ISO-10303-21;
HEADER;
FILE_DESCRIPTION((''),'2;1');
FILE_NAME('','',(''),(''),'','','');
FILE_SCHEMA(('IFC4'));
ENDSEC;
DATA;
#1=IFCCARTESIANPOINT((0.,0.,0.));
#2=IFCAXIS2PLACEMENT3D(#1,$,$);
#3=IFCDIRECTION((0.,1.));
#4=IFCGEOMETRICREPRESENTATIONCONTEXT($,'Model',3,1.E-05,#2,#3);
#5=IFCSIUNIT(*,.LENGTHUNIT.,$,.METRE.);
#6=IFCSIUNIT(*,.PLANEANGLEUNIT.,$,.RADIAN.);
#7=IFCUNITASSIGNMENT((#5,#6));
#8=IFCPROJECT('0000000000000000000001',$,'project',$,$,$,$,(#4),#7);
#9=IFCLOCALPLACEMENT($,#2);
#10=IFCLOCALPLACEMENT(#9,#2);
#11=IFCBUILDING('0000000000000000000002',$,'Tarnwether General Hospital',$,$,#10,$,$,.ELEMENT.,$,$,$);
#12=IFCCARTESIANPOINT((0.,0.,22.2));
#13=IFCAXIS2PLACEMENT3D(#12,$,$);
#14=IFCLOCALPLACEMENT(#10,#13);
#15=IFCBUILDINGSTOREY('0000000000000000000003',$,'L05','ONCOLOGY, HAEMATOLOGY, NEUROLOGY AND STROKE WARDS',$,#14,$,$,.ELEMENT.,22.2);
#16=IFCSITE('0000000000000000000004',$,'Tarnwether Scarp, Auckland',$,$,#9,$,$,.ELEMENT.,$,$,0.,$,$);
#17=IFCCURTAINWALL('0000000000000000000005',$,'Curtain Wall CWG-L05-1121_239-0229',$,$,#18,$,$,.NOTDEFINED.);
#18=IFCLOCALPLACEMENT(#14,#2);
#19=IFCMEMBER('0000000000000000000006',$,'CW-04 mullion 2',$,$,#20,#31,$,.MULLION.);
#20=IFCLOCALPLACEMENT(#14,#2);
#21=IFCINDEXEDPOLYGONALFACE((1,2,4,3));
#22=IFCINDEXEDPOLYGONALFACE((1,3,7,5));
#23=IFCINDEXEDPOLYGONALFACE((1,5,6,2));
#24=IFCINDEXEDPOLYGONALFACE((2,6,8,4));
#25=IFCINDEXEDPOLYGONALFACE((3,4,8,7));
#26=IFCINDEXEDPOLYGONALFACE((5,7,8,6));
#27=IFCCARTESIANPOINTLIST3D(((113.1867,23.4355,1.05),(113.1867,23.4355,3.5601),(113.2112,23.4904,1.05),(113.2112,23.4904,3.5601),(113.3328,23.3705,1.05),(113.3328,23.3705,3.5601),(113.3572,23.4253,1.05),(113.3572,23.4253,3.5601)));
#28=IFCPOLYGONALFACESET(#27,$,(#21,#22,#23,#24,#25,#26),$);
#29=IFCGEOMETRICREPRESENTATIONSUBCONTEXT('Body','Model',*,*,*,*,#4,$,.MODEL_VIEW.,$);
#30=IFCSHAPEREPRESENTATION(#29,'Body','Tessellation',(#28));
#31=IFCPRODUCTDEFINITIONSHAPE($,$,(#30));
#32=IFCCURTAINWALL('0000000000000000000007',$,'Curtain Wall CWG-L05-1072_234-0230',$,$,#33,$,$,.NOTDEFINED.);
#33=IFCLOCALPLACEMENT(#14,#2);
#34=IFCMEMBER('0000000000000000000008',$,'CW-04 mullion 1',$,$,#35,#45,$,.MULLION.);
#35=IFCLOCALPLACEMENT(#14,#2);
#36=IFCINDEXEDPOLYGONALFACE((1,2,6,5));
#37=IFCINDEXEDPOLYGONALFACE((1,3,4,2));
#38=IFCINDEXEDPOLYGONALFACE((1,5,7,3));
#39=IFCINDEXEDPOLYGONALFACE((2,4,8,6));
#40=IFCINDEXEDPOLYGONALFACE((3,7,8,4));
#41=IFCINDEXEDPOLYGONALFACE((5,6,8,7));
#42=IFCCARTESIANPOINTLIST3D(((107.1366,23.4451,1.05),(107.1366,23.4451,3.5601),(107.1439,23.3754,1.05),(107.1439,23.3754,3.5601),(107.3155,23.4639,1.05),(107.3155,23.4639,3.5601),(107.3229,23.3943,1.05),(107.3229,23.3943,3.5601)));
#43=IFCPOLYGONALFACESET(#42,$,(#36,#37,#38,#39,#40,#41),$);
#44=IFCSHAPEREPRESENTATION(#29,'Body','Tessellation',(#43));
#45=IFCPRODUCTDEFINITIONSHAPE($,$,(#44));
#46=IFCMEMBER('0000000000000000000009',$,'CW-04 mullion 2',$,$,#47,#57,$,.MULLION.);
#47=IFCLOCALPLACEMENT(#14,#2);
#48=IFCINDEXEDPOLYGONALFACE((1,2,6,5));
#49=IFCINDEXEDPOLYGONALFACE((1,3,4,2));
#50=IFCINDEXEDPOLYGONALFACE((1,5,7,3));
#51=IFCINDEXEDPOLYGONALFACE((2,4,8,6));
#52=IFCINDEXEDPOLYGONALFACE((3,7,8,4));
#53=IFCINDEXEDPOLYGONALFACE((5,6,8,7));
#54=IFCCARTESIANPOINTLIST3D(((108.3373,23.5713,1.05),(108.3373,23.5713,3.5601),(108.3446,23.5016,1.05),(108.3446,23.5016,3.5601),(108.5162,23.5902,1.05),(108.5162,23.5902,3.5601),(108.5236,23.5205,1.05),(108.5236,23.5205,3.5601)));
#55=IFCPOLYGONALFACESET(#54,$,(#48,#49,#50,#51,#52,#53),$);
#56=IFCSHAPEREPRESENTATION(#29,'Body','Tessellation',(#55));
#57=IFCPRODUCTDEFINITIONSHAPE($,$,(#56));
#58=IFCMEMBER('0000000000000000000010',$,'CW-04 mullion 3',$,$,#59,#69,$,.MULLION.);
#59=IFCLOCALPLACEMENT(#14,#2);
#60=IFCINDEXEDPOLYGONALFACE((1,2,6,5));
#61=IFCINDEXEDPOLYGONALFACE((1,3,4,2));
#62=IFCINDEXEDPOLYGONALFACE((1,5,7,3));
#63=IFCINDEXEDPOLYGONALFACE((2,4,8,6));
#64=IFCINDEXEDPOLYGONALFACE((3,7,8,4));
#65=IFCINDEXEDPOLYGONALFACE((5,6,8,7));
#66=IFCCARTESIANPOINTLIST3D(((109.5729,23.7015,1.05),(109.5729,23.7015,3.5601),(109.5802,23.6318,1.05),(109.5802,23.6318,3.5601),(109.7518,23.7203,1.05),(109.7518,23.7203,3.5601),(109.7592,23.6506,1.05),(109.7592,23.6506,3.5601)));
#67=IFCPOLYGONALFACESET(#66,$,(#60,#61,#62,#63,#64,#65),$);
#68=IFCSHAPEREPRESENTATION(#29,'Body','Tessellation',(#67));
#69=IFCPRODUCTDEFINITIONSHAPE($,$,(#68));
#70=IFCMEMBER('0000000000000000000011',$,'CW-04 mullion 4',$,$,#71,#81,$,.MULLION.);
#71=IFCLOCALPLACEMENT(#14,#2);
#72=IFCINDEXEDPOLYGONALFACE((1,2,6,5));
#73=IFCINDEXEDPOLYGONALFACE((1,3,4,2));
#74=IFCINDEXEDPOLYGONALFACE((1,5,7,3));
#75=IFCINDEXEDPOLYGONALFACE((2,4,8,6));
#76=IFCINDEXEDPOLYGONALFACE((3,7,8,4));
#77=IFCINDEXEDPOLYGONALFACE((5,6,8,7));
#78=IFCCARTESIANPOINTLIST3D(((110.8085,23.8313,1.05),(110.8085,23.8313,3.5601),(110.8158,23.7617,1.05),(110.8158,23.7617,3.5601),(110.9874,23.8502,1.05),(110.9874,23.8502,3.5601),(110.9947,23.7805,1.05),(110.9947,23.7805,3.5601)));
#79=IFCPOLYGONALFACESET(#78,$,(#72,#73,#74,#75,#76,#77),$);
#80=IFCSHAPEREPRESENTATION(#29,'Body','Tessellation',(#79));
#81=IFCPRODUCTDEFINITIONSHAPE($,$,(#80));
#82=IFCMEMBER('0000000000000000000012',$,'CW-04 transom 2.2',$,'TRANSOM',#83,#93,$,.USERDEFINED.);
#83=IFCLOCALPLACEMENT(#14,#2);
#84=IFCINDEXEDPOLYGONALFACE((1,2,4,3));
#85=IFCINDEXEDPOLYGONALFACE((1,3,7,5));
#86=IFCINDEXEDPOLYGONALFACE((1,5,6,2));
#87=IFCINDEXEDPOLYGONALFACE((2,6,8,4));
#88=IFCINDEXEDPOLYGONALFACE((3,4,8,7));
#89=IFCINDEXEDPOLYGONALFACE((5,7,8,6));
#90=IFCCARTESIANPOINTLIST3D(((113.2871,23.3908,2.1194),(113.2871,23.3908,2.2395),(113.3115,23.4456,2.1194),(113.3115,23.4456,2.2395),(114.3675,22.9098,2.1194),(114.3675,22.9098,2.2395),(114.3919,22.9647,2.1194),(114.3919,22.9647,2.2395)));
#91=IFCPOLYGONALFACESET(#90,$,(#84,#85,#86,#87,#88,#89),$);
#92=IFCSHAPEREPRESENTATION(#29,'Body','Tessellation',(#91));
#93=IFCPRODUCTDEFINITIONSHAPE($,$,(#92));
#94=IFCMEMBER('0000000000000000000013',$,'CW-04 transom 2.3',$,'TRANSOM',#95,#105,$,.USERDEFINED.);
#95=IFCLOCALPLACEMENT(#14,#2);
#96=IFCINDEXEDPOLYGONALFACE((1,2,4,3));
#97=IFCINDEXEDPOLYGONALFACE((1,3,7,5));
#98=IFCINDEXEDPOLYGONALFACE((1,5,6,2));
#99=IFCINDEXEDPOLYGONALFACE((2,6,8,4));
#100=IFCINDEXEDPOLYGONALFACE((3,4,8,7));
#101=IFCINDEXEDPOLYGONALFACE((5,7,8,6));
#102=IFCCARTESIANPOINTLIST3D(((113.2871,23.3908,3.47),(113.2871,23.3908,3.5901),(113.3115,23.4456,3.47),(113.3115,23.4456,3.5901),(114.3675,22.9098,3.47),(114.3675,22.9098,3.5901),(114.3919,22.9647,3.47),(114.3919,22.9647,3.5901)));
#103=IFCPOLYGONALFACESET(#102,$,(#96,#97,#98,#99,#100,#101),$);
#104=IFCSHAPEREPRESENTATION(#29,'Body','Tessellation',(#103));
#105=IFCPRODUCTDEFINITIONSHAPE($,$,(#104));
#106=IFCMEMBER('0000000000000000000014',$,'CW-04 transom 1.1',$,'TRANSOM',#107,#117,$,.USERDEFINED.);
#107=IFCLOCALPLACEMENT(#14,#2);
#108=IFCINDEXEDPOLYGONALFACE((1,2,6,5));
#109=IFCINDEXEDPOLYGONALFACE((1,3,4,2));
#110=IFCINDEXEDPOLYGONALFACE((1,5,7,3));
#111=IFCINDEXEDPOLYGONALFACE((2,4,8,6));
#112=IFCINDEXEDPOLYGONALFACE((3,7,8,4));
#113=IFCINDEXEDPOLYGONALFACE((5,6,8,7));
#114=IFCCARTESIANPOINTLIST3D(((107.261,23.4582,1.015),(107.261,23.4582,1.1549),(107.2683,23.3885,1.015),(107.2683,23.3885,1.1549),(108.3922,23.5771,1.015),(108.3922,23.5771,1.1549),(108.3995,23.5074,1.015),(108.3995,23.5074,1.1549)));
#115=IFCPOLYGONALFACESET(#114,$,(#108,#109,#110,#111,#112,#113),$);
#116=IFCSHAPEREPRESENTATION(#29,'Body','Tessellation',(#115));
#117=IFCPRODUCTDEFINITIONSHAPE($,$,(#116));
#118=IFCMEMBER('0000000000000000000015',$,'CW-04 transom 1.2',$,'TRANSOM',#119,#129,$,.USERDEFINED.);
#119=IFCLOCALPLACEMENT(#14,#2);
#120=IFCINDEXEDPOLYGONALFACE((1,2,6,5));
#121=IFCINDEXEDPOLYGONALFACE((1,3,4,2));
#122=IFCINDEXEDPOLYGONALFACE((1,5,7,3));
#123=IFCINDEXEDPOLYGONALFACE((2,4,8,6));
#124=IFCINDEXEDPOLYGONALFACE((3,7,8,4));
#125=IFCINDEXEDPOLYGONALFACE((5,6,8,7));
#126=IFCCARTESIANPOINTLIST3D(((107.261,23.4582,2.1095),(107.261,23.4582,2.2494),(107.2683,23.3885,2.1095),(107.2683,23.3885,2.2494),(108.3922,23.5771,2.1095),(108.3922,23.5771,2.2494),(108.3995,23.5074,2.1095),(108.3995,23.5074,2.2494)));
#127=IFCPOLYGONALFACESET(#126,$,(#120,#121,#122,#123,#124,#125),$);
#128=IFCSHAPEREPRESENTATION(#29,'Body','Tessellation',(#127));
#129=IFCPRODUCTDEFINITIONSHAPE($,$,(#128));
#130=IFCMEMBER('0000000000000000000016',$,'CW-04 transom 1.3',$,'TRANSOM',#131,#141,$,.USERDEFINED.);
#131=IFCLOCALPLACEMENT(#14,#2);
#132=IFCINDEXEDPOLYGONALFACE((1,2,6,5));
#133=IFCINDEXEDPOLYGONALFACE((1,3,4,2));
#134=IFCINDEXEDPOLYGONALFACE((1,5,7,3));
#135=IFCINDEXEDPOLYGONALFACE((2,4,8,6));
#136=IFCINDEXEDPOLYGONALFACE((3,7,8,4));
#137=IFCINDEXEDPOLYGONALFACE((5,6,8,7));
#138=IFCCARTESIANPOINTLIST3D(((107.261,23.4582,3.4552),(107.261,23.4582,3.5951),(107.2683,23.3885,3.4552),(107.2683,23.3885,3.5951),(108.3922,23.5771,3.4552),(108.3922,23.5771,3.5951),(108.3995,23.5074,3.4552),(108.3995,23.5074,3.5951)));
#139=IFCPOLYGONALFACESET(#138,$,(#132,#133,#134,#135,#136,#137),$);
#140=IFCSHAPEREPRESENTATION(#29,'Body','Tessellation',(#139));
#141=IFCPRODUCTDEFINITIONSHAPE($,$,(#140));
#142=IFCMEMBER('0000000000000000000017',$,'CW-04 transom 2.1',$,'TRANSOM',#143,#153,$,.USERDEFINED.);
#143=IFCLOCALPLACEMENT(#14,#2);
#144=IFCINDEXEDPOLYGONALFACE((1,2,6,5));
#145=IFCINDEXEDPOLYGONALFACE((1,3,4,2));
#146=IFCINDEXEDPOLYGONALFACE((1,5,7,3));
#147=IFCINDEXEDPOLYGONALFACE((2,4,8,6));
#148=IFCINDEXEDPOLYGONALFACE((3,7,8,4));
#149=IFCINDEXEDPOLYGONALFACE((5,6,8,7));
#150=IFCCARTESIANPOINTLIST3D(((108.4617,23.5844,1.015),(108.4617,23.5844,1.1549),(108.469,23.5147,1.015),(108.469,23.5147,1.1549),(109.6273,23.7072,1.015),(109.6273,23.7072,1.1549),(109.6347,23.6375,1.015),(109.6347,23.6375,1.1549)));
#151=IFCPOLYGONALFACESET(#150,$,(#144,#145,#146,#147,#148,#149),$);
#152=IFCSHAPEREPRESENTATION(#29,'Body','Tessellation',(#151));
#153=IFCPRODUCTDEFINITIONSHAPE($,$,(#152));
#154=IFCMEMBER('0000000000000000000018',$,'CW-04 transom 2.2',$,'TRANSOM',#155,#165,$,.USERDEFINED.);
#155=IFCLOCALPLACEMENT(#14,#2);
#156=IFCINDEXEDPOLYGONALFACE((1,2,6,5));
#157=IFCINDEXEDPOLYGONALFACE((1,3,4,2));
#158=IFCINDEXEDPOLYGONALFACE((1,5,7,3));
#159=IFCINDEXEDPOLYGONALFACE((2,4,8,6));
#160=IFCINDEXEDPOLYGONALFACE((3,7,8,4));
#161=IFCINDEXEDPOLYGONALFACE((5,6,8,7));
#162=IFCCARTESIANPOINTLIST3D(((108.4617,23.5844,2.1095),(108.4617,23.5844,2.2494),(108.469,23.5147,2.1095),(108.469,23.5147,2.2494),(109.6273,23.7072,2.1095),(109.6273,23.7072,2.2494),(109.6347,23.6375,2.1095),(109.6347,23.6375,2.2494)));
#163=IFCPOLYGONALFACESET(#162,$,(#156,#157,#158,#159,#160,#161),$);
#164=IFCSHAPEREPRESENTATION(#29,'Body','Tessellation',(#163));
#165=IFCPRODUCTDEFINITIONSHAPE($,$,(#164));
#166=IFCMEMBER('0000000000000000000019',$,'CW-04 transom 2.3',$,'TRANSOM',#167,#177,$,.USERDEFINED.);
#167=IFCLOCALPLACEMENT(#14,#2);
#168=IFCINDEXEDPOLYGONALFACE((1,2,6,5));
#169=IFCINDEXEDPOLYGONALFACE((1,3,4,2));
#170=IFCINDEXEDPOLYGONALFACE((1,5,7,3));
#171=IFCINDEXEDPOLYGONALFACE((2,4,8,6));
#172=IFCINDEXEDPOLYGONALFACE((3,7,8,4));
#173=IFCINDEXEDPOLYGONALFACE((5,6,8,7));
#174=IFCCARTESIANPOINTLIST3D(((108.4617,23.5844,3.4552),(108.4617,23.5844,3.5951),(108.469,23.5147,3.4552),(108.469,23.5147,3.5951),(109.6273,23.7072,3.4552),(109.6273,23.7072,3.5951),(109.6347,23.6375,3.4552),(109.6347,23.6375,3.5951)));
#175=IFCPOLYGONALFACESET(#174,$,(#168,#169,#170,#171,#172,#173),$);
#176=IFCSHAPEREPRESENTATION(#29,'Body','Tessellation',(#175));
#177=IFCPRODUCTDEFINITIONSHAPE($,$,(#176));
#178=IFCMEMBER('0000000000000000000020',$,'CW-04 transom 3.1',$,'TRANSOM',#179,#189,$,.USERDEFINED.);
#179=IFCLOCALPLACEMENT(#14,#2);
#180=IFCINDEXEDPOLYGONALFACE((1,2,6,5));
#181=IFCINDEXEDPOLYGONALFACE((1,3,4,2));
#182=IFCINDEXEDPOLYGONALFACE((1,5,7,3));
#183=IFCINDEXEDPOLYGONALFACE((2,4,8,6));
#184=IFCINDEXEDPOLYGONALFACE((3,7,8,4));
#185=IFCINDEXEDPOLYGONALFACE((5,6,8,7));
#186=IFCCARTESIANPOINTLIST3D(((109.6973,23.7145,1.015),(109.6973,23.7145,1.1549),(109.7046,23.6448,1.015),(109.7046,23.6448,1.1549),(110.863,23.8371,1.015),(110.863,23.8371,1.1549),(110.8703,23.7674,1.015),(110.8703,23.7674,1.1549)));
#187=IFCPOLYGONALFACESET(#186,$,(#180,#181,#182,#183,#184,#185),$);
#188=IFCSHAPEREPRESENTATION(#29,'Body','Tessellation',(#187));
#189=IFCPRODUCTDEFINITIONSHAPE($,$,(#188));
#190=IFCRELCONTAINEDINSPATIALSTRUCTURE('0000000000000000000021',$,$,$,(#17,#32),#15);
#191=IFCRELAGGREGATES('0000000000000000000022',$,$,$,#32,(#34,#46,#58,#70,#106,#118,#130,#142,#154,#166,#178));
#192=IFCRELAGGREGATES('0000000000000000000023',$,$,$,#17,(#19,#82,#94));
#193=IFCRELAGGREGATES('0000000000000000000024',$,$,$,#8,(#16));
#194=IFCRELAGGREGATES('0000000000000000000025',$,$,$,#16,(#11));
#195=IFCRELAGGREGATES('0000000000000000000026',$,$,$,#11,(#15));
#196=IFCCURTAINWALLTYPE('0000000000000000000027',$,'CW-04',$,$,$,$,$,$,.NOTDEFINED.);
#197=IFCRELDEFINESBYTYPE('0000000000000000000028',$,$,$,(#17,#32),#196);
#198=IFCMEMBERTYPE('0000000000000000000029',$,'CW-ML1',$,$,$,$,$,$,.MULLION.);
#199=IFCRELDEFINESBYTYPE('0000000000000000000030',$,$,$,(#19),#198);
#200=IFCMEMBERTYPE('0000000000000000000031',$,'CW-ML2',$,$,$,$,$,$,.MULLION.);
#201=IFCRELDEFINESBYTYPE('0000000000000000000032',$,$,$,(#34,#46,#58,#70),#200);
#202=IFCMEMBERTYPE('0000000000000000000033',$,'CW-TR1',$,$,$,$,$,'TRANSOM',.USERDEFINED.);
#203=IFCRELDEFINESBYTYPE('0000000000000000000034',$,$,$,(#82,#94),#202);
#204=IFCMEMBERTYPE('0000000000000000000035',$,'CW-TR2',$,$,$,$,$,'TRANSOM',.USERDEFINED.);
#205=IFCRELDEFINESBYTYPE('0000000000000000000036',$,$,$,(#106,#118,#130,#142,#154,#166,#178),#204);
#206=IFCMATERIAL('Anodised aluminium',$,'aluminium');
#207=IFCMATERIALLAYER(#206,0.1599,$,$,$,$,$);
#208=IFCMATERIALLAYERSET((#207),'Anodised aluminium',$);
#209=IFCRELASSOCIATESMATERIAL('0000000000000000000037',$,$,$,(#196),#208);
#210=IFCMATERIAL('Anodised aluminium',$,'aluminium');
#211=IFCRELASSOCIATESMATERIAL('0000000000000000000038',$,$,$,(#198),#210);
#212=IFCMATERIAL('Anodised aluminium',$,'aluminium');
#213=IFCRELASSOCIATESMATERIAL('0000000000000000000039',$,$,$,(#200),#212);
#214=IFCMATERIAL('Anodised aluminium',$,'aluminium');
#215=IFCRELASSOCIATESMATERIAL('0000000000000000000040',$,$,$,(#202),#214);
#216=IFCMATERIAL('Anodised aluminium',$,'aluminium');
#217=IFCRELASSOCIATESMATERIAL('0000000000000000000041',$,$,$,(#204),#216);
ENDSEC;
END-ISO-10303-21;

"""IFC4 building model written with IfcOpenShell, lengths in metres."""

from ifc_helpers import new_model, si_unit, direction, frame, origin, origin_2d, place, context, subcontext, project, spatial, rectangle, extrude, material, layer, layer_set, material_profile, profile_set, type_object, element, aggregate, save


model = new_model("IFC4")

# Units and contexts
model_context = context("Model", 3, precision=1e-05, world=origin(), true_north=direction((0.0, 1.0)))
body_context = subcontext(model_context, "Body", "Model", "MODEL_VIEW")
ifc_project = project(units=[si_unit("LENGTHUNIT", "METRE"), si_unit("PLANEANGLEUNIT", "RADIAN")], contexts=[model_context])

# Site, building, storey
site_placement = place(None, origin())
site = spatial("IfcSite", under=ifc_project, at=site_placement, Name="Tarnwether Scarp, Auckland", CompositionType="ELEMENT", RefElevation=0.0)
building_placement = place(site_placement, origin())
building = spatial("IfcBuilding", under=site, at=building_placement, Name="Tarnwether General Hospital", CompositionType="ELEMENT")
storey_placement = place(building_placement, frame((0.0, 0.0, 22.2)))
storey = spatial("IfcBuildingStorey", under=building, at=storey_placement, Name="L05", Description="ONCOLOGY, HAEMATOLOGY, NEUROLOGY AND STROKE WARDS", CompositionType="ELEMENT", Elevation=22.2)

# Curtain wall, member
ifc_material_1 = material(Name="Anodised aluminium", Category="aluminium")
ifc_layer_1 = layer(ifc_material_1, 0.1599)
ifc_layer_set_1 = layer_set([ifc_layer_1], Name="Anodised aluminium")
curtain_wall_type = type_object("IfcCurtainWallType", Name="CW-04", PredefinedType="NOTDEFINED", material=ifc_layer_set_1)
curtain_wall_1_placement = place(storey_placement, origin())
curtain_wall_1 = element("IfcCurtainWall", 1, at=curtain_wall_1_placement, inside=storey, type_object=curtain_wall_type, Name="Curtain Wall CWG-L05-1121_239-0229", PredefinedType="NOTDEFINED")
ifc_material_2 = material(Name="Anodised aluminium", Category="aluminium")
ifc_material_profile_1 = material_profile(ifc_material_2, rectangle(XDim=0.0601, YDim=0.1599, at=origin_2d()), Name="ALU-MUL-60x160")
ifc_profile_set_1 = profile_set([ifc_material_profile_1], Name="Anodised aluminium")
member_type_1 = type_object("IfcMemberType", Name="CW-ML1", PredefinedType="MULLION", material=ifc_profile_set_1)
member_1_placement = place(storey_placement, frame((113.272, 23.4304, 1.05), z_axis=(0.0, 0.0, 1.0), x_axis=(0.406848, 0.913496, 0.0)))
member_1 = element("IfcMember", 2, at=member_1_placement, type_object=member_type_1, Name="CW-04 mullion 2", PredefinedType="MULLION", context=body_context, shape_type="SweptSolid", body=[
    extrude(rectangle(XDim=0.0601, YDim=0.1599, at=origin_2d()), origin(), (0.0, 0.0, 1.0), 2.51),
])

# Curtain wall, members
curtain_wall_2_placement = place(storey_placement, origin())
curtain_wall_2 = element("IfcCurtainWall", 3, at=curtain_wall_2_placement, inside=storey, type_object=curtain_wall_type, Name="Curtain Wall CWG-L05-1072_234-0230", PredefinedType="NOTDEFINED")
ifc_material_3 = material(Name="Anodised aluminium", Category="aluminium")
ifc_material_profile_2 = material_profile(ifc_material_3, rectangle(XDim=0.0701, YDim=0.1799, at=origin_2d()), Name="ALU-MUL-70x180")
ifc_profile_set_2 = profile_set([ifc_material_profile_2], Name="Anodised aluminium")
member_type_2 = type_object("IfcMemberType", Name="CW-ML2", PredefinedType="MULLION", material=ifc_profile_set_2)
member_2_placement = place(storey_placement, frame((107.2297, 23.4197, 1.05), z_axis=(0.0, 0.0, 1.0), x_axis=(-0.104643, 0.99451, 0.0)))
member_2 = element("IfcMember", 4, at=member_2_placement, type_object=member_type_2, Name="CW-04 mullion 1", PredefinedType="MULLION", context=body_context, shape_type="SweptSolid", body=[
    extrude(rectangle(XDim=0.0701, YDim=0.1799, at=origin_2d()), origin(), (0.0, 0.0, 1.0), 2.51),
])
member_3_placement = place(storey_placement, frame((108.4304, 23.5459, 1.05), z_axis=(0.0, 0.0, 1.0), x_axis=(-0.104643, 0.99451, 0.0)))
member_3 = element("IfcMember", 5, at=member_3_placement, type_object=member_type_2, Name="CW-04 mullion 2", PredefinedType="MULLION", context=body_context, shape_type="SweptSolid", body=[
    extrude(rectangle(XDim=0.0701, YDim=0.1799, at=origin_2d()), origin(), (0.0, 0.0, 1.0), 2.51),
])
member_4_placement = place(storey_placement, frame((109.666, 23.676, 1.05), z_axis=(0.0, 0.0, 1.0), x_axis=(-0.104643, 0.99451, 0.0)))
member_4 = element("IfcMember", 6, at=member_4_placement, type_object=member_type_2, Name="CW-04 mullion 3", PredefinedType="MULLION", context=body_context, shape_type="SweptSolid", body=[
    extrude(rectangle(XDim=0.0701, YDim=0.1799, at=origin_2d()), origin(), (0.0, 0.0, 1.0), 2.51),
])
member_5_placement = place(storey_placement, frame((110.9016, 23.8059, 1.05), z_axis=(0.0, 0.0, 1.0), x_axis=(-0.104643, 0.99451, 0.0)))
member_5 = element("IfcMember", 7, at=member_5_placement, type_object=member_type_2, Name="CW-04 mullion 4", PredefinedType="MULLION", context=body_context, shape_type="SweptSolid", body=[
    extrude(rectangle(XDim=0.0701, YDim=0.1799, at=origin_2d()), origin(), (0.0, 0.0, 1.0), 2.51),
])

# Members
ifc_material_4 = material(Name="Anodised aluminium", Category="aluminium")
ifc_material_profile_3 = material_profile(ifc_material_4, rectangle(XDim=0.0601, YDim=0.1201, at=origin_2d()), Name="ALU-TRN-60x120")
ifc_profile_set_3 = profile_set([ifc_material_profile_3], Name="Anodised aluminium")
member_type_3 = type_object("IfcMemberType", Name="CW-TR1", ElementType="TRANSOM", PredefinedType="USERDEFINED", material=ifc_profile_set_3)
member_6_placement = place(storey_placement, frame((113.2993, 23.4182, 2.1794), z_axis=(0.913556, -0.406713, 0.0), x_axis=(0.406713, 0.913556, 0.0)))
member_6 = element("IfcMember", 8, at=member_6_placement, type_object=member_type_3, Name="CW-04 transom 2.2", ObjectType="TRANSOM", PredefinedType="USERDEFINED", context=body_context, shape_type="SweptSolid", body=[
    extrude(rectangle(XDim=0.0601, YDim=0.1201, at=origin_2d()), origin(), (0.0, 0.0, 1.0), 1.1826),
])
member_7_placement = place(storey_placement, frame((113.2993, 23.4182, 3.53), z_axis=(0.913556, -0.406713, 0.0), x_axis=(0.406713, 0.913556, 0.0)))
member_7 = element("IfcMember", 9, at=member_7_placement, type_object=member_type_3, Name="CW-04 transom 2.3", ObjectType="TRANSOM", PredefinedType="USERDEFINED", context=body_context, shape_type="SweptSolid", body=[
    extrude(rectangle(XDim=0.0601, YDim=0.1201, at=origin_2d()), origin(), (0.0, 0.0, 1.0), 1.1826),
])
ifc_material_5 = material(Name="Anodised aluminium", Category="aluminium")
ifc_material_profile_4 = material_profile(ifc_material_5, rectangle(XDim=0.0701, YDim=0.1399, at=origin_2d()), Name="ALU-TRN-70x140")
ifc_profile_set_4 = profile_set([ifc_material_profile_4], Name="Anodised aluminium")
member_type_4 = type_object("IfcMemberType", Name="CW-TR2", ElementType="TRANSOM", PredefinedType="USERDEFINED", material=ifc_profile_set_4)
member_8_placement = place(storey_placement, frame((107.2646, 23.4233, 1.085), z_axis=(0.994521, 0.10454, 0.0), x_axis=(-0.10454, 0.994521, 0.0)))
member_8 = element("IfcMember", 10, at=member_8_placement, type_object=member_type_4, Name="CW-04 transom 1.1", ObjectType="TRANSOM", PredefinedType="USERDEFINED", context=body_context, shape_type="SweptSolid", body=[
    extrude(rectangle(XDim=0.0701, YDim=0.1399, at=origin_2d()), origin(), (0.0, 0.0, 1.0), 1.1375),
])
member_9_placement = place(storey_placement, frame((107.2646, 23.4233, 2.1794), z_axis=(0.994521, 0.10454, 0.0), x_axis=(-0.10454, 0.994521, 0.0)))
member_9 = element("IfcMember", 11, at=member_9_placement, type_object=member_type_4, Name="CW-04 transom 1.2", ObjectType="TRANSOM", PredefinedType="USERDEFINED", context=body_context, shape_type="SweptSolid", body=[
    extrude(rectangle(XDim=0.0701, YDim=0.1399, at=origin_2d()), origin(), (0.0, 0.0, 1.0), 1.1375),
])
member_10_placement = place(storey_placement, frame((107.2646, 23.4233, 3.5251), z_axis=(0.994521, 0.10454, 0.0), x_axis=(-0.10454, 0.994521, 0.0)))
member_10 = element("IfcMember", 12, at=member_10_placement, type_object=member_type_4, Name="CW-04 transom 1.3", ObjectType="TRANSOM", PredefinedType="USERDEFINED", context=body_context, shape_type="SweptSolid", body=[
    extrude(rectangle(XDim=0.0701, YDim=0.1399, at=origin_2d()), origin(), (0.0, 0.0, 1.0), 1.1375),
])
member_11_placement = place(storey_placement, frame((108.4653, 23.5496, 1.085), z_axis=(0.994497, 0.104761, 0.0), x_axis=(-0.104761, 0.994497, 0.0)))
member_11 = element("IfcMember", 13, at=member_11_placement, type_object=member_type_4, Name="CW-04 transom 2.1", ObjectType="TRANSOM", PredefinedType="USERDEFINED", context=body_context, shape_type="SweptSolid", body=[
    extrude(rectangle(XDim=0.0701, YDim=0.1399, at=origin_2d()), origin(), (0.0, 0.0, 1.0), 1.1721),
])
member_12_placement = place(storey_placement, frame((108.4653, 23.5496, 2.1794), z_axis=(0.994497, 0.104761, 0.0), x_axis=(-0.104761, 0.994497, 0.0)))
member_12 = element("IfcMember", 14, at=member_12_placement, type_object=member_type_4, Name="CW-04 transom 2.2", ObjectType="TRANSOM", PredefinedType="USERDEFINED", context=body_context, shape_type="SweptSolid", body=[
    extrude(rectangle(XDim=0.0701, YDim=0.1399, at=origin_2d()), origin(), (0.0, 0.0, 1.0), 1.1721),
])
member_13_placement = place(storey_placement, frame((108.4653, 23.5496, 3.5251), z_axis=(0.994497, 0.104761, 0.0), x_axis=(-0.104761, 0.994497, 0.0)))
member_13 = element("IfcMember", 15, at=member_13_placement, type_object=member_type_4, Name="CW-04 transom 2.3", ObjectType="TRANSOM", PredefinedType="USERDEFINED", context=body_context, shape_type="SweptSolid", body=[
    extrude(rectangle(XDim=0.0701, YDim=0.1399, at=origin_2d()), origin(), (0.0, 0.0, 1.0), 1.1721),
])
member_14_placement = place(storey_placement, frame((109.7009, 23.6797, 1.085), z_axis=(0.994519, 0.104555, 0.0), x_axis=(-0.104555, 0.994519, 0.0)))
member_14 = element("IfcMember", 16, at=member_14_placement, type_object=member_type_4, Name="CW-04 transom 3.1", ObjectType="TRANSOM", PredefinedType="USERDEFINED", context=body_context, shape_type="SweptSolid", body=[
    extrude(rectangle(XDim=0.0701, YDim=0.1399, at=origin_2d()), origin(), (0.0, 0.0, 1.0), 1.1721),
])

aggregate(curtain_wall_2, [member_2, member_3, member_4, member_5, member_8, member_9, member_10, member_11, member_12, member_13, member_14])
aggregate(curtain_wall_1, [member_1, member_6, member_7])

save(model, "model.ifc")
